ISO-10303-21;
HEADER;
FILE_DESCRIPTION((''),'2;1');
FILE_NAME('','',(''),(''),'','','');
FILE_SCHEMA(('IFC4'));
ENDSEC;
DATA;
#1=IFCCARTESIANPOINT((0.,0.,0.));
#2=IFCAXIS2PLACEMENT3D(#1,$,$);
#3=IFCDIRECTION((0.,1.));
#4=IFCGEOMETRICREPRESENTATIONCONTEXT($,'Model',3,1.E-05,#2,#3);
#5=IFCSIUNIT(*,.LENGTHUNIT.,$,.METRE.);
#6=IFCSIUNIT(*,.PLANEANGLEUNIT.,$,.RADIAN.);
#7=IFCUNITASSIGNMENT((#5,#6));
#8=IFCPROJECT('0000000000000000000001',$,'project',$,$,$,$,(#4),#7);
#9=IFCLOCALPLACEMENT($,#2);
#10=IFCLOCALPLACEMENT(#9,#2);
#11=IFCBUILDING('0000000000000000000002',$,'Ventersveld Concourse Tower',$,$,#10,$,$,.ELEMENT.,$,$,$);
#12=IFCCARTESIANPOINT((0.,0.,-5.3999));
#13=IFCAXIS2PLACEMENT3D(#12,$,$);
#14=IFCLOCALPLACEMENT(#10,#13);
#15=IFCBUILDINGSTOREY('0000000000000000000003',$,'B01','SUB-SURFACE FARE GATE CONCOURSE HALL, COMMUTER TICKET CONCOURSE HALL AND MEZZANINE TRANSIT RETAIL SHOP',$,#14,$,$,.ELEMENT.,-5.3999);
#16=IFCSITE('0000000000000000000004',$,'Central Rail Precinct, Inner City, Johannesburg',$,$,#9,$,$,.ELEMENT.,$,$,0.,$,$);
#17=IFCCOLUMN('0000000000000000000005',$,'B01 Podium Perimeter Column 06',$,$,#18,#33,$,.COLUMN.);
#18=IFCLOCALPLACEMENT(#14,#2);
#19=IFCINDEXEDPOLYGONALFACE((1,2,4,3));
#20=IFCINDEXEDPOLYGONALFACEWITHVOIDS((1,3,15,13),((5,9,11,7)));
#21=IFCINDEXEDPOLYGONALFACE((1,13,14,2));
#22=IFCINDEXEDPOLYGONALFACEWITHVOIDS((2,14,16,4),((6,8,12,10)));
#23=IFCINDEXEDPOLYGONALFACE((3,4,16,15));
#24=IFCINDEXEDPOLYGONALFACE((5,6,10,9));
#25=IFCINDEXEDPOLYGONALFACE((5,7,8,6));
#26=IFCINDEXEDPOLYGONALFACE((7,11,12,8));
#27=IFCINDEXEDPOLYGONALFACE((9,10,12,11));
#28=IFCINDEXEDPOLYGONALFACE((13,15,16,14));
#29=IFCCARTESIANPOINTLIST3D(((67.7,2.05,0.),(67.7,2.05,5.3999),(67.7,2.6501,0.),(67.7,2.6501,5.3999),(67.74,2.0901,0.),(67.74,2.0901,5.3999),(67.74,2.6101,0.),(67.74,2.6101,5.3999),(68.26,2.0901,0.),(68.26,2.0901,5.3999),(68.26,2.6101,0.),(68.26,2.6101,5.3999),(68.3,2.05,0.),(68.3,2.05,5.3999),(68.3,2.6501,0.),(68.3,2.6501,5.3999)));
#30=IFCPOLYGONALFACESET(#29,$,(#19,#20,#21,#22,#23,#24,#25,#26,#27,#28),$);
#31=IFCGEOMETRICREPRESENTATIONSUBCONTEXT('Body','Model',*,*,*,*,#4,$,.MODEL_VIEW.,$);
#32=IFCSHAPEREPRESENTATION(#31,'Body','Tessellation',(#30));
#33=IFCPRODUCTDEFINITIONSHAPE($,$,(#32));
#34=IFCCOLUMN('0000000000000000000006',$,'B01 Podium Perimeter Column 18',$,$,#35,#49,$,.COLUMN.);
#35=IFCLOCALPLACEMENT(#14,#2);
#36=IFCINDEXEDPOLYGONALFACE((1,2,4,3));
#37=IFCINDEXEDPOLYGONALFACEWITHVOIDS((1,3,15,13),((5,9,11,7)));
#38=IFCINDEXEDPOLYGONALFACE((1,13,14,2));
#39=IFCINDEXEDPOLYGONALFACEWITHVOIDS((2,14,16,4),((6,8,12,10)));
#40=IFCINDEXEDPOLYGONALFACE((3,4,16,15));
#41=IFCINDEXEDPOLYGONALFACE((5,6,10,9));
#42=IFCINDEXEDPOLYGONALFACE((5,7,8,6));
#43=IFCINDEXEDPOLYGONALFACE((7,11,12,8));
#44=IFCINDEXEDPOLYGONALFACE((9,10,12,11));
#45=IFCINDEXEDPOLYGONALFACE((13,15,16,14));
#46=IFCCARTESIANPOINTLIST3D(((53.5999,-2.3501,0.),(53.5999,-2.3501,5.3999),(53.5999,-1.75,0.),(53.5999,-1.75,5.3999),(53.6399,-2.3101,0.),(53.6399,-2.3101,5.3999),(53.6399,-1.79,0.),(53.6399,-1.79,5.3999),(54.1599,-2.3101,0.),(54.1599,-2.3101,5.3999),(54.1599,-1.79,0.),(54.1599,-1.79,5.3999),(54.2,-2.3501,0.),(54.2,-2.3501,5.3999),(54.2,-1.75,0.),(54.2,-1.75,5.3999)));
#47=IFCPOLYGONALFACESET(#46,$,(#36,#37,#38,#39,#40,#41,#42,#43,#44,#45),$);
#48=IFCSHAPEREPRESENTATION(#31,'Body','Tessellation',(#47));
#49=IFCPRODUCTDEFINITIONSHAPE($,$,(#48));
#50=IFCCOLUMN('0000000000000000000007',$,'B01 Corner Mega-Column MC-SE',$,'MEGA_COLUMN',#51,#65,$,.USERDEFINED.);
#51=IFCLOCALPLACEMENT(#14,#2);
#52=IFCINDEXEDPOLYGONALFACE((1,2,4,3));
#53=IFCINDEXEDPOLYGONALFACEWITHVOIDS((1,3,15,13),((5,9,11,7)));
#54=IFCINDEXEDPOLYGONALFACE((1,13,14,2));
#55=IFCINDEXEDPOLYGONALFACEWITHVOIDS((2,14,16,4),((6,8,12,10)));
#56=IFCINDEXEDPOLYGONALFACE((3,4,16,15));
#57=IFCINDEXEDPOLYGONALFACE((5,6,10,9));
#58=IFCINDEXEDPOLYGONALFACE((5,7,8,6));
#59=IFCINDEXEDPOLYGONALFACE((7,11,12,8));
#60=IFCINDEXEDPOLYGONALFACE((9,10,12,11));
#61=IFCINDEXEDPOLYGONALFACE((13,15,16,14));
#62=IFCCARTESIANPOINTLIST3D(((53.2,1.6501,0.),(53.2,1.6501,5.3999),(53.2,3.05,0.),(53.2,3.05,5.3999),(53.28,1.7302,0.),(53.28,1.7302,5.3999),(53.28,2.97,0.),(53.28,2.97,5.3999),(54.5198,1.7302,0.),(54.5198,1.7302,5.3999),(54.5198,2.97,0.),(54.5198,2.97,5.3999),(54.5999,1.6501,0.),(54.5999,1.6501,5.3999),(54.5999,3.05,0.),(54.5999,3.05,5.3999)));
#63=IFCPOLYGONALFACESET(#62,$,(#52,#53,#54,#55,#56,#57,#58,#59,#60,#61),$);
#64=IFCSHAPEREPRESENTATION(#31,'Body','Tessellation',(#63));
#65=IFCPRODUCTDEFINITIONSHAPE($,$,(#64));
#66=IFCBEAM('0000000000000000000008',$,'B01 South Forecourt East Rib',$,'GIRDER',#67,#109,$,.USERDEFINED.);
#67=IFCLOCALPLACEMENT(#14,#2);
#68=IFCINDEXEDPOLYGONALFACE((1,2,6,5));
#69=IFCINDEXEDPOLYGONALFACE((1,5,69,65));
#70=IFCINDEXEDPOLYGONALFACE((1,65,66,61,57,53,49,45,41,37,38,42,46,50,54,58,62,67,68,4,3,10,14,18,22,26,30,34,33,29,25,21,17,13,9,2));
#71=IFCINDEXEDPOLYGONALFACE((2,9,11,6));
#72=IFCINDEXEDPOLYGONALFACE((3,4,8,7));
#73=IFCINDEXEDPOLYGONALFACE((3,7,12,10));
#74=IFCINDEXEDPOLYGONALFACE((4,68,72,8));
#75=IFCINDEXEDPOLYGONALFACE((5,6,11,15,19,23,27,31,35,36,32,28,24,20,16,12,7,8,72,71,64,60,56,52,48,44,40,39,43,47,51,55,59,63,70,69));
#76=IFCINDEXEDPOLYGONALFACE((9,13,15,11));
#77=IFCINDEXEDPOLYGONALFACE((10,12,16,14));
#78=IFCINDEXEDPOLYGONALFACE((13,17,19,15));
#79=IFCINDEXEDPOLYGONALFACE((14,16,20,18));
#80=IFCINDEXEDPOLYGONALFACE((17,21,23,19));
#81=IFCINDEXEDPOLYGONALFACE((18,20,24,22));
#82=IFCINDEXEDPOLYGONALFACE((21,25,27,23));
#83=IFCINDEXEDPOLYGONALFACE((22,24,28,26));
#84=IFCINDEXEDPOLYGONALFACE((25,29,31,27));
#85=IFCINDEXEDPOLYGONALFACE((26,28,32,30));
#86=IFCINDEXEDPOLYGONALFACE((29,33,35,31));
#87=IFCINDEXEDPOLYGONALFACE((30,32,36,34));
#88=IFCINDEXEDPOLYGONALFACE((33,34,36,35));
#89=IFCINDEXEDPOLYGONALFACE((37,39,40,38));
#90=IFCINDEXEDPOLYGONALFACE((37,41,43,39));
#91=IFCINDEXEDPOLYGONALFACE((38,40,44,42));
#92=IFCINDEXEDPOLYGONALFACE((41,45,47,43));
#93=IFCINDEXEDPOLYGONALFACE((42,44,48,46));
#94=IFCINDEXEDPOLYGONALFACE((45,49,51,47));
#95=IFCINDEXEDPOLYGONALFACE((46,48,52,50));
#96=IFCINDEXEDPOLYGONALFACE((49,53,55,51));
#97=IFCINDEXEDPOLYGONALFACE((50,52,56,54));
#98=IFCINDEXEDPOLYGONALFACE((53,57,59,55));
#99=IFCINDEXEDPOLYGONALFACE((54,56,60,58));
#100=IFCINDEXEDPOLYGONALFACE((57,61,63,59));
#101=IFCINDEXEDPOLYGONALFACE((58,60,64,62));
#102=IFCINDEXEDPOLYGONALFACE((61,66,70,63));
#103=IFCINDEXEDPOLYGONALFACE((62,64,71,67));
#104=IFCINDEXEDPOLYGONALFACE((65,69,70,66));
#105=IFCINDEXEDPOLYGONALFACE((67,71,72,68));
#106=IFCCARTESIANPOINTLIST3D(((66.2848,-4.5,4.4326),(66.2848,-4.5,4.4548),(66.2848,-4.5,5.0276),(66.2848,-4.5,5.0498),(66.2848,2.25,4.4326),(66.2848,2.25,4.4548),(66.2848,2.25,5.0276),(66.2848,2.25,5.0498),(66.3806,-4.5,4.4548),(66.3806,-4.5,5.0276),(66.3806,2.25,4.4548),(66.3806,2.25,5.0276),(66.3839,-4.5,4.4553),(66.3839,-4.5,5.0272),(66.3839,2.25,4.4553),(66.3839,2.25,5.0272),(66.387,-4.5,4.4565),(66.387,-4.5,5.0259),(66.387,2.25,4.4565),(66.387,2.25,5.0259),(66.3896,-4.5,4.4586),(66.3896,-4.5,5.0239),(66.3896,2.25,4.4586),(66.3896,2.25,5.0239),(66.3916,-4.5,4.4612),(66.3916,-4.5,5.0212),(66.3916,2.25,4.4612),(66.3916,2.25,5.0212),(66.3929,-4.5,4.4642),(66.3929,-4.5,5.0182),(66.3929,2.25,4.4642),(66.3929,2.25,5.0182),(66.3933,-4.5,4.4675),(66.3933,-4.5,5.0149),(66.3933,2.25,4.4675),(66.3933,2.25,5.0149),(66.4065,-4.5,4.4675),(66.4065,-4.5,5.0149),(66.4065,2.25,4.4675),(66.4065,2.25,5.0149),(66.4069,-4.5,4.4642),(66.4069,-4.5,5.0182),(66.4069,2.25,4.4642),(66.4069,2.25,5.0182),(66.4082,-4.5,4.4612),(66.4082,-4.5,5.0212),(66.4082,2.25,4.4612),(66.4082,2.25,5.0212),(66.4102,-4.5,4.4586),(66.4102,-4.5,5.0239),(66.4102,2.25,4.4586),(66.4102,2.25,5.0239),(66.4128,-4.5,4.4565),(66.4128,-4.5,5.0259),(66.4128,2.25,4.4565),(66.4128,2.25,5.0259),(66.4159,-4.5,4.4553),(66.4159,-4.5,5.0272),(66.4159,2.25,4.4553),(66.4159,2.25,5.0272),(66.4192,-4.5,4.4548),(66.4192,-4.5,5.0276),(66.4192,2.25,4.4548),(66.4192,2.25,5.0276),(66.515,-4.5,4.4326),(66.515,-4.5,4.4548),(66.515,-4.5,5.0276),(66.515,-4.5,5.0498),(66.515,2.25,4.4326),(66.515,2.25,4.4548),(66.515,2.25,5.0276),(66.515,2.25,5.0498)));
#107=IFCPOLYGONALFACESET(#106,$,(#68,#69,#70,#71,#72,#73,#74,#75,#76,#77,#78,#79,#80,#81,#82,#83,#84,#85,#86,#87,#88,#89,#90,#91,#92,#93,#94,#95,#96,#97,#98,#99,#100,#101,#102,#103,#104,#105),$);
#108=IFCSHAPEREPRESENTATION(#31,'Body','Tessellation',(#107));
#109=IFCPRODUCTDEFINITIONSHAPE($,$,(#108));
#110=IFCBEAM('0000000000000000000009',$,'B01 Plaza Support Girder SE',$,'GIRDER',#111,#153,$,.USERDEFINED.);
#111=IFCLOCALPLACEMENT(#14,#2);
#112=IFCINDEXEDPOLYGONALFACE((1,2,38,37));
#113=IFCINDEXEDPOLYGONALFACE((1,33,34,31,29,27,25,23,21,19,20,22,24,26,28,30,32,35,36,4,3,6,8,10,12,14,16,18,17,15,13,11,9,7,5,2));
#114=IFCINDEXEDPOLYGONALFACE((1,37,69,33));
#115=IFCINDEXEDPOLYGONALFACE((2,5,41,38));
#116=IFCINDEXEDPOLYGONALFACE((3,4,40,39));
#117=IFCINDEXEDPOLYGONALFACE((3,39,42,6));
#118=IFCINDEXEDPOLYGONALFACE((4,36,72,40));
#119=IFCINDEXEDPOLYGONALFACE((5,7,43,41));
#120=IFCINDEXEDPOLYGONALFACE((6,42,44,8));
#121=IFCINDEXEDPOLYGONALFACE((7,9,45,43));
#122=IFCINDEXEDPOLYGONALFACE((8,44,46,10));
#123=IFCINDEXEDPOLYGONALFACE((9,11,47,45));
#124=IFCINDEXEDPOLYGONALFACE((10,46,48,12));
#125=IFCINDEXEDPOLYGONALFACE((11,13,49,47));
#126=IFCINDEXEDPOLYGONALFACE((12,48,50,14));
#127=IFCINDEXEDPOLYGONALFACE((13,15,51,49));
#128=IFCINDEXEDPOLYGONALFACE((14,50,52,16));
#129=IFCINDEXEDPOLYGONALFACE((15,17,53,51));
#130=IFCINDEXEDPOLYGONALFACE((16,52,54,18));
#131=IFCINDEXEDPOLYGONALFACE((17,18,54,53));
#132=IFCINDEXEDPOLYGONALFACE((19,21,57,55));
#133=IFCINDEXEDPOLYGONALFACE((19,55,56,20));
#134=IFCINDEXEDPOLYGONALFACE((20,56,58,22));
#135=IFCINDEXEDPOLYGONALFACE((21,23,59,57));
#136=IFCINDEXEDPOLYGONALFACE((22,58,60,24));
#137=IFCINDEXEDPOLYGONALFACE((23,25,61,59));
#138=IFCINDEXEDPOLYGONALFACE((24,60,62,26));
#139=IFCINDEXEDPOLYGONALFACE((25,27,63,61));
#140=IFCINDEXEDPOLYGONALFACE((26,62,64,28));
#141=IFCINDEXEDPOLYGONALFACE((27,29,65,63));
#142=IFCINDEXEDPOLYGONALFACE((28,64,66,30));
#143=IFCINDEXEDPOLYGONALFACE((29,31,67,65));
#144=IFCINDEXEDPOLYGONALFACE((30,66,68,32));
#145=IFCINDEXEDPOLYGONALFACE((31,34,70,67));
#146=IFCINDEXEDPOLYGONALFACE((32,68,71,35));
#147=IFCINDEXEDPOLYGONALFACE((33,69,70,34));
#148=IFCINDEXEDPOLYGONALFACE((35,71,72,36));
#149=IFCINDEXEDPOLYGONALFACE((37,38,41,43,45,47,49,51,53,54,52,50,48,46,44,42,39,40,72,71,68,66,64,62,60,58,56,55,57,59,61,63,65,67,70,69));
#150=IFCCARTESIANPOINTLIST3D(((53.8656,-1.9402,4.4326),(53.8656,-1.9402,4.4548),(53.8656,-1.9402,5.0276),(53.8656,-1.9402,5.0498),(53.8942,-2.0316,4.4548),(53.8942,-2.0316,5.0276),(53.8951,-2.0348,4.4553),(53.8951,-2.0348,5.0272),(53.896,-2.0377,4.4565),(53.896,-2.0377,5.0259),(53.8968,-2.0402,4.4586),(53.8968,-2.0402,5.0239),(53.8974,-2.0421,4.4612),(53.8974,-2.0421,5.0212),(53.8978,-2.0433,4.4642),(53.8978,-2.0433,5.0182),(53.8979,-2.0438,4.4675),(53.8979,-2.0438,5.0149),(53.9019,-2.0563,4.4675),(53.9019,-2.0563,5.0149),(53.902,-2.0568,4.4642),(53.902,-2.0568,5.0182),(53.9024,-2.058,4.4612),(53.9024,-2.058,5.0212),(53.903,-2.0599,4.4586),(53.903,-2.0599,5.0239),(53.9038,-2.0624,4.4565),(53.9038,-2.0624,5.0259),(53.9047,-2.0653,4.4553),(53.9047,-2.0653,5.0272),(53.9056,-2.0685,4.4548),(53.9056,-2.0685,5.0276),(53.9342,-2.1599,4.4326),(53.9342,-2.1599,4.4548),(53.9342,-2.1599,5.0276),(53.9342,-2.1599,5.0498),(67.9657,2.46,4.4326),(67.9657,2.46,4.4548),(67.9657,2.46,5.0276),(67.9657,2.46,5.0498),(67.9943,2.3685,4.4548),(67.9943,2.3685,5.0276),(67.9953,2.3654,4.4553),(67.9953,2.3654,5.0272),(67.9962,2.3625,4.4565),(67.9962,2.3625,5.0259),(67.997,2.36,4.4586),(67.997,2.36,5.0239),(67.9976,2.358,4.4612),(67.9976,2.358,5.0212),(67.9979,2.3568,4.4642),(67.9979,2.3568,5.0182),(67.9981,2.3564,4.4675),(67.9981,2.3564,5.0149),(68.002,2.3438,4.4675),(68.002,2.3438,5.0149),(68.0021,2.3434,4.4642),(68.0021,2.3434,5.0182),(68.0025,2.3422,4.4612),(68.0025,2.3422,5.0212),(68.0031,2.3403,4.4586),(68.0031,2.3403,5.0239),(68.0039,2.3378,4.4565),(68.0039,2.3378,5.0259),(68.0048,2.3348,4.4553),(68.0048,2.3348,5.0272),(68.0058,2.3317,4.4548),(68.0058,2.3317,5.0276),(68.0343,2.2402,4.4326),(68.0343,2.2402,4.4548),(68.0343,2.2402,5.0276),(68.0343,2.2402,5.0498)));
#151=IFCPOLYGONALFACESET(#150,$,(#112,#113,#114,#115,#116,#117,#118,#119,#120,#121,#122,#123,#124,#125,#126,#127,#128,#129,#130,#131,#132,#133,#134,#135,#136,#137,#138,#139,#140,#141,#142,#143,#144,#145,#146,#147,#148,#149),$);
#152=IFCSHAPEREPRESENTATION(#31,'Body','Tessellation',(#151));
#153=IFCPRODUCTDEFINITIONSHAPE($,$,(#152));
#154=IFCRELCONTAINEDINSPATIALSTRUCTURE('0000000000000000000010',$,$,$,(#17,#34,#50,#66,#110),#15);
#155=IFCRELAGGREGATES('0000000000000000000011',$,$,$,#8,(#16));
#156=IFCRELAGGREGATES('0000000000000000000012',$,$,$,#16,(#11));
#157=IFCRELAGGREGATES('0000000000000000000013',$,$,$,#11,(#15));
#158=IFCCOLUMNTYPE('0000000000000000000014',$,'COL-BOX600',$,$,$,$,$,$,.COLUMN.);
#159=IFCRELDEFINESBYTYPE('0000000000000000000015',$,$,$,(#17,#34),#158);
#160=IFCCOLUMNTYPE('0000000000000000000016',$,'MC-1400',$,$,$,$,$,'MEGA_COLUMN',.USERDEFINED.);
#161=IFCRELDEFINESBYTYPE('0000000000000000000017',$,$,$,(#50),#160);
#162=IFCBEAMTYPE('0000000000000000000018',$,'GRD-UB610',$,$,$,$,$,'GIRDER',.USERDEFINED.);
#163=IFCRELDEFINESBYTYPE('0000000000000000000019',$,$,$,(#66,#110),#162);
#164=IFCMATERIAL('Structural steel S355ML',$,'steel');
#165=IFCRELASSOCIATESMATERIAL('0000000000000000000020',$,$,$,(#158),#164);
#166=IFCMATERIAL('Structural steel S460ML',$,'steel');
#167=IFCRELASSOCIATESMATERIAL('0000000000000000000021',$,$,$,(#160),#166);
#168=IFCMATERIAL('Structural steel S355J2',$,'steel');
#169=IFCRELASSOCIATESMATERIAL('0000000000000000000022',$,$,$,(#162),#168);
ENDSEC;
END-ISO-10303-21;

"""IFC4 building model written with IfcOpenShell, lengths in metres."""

from ifc_helpers import new_model, si_unit, direction, frame, origin, origin_2d, place, context, subcontext, project, spatial, hollow_rectangle, i_section, extrude, material, material_profile, profile_set, type_object, element, save


model = new_model("IFC4")

# Units and contexts
model_context = context("Model", 3, precision=1e-05, world=origin(), true_north=direction((0.0, 1.0)))
body_context = subcontext(model_context, "Body", "Model", "MODEL_VIEW")
ifc_project = project(units=[si_unit("LENGTHUNIT", "METRE"), si_unit("PLANEANGLEUNIT", "RADIAN")], contexts=[model_context])

# Site, building, storey
site_placement = place(None, origin())
site = spatial("IfcSite", under=ifc_project, at=site_placement, Name="Central Rail Precinct, Inner City, Johannesburg", CompositionType="ELEMENT", RefElevation=0.0)
building_placement = place(site_placement, origin())
building = spatial("IfcBuilding", under=site, at=building_placement, Name="Ventersveld Concourse Tower", CompositionType="ELEMENT")
storey_placement = place(building_placement, frame((0.0, 0.0, -5.3999)))
storey = spatial("IfcBuildingStorey", under=building, at=storey_placement, Name="B01", Description="SUB-SURFACE FARE GATE CONCOURSE HALL, COMMUTER TICKET CONCOURSE HALL AND MEZZANINE TRANSIT RETAIL SHOP", CompositionType="ELEMENT", Elevation=-5.3999)

# Columns
ifc_material_1 = material(Name="Structural steel S355ML", Category="steel")
ifc_material_profile_1 = material_profile(ifc_material_1, hollow_rectangle(XDim=0.6001, YDim=0.6001, WallThickness=0.04, at=origin_2d()), Name="BOX 600x600x40")
ifc_profile_set_1 = profile_set([ifc_material_profile_1], Name="Structural steel S355ML")
column_type_1 = type_object("IfcColumnType", Name="COL-BOX600", PredefinedType="COLUMN", material=ifc_profile_set_1)
for number, where, z_axis, x_axis, name in (
    (1, (68.0, 2.3501, 0.0), (0.0, 0.0, 1.0), (1.0, 0.0, 0.0), "B01 Podium Perimeter Column 06"),
    (2, (53.8999, -2.05, 0.0), (0.0, 0.0, 1.0), (1.0, 0.0, 0.0), "B01 Podium Perimeter Column 18"),
):
    element("IfcColumn", number, at=place(storey_placement, frame(where, z_axis=z_axis, x_axis=x_axis)), inside=storey, type_object=column_type_1, Name=name, PredefinedType="COLUMN", context=body_context, shape_type="SweptSolid", body=[
        extrude(hollow_rectangle(XDim=0.6001, YDim=0.6001, WallThickness=0.04, at=origin_2d()), origin(), (0.0, 0.0, 1.0), 5.3999),
    ])
ifc_material_2 = material(Name="Structural steel S460ML", Category="steel")
ifc_material_profile_2 = material_profile(ifc_material_2, hollow_rectangle(XDim=1.3999, YDim=1.3999, WallThickness=0.0801, at=origin_2d()), Name="BOX 1400x1400x80")
ifc_profile_set_2 = profile_set([ifc_material_profile_2], Name="Structural steel S460ML")
column_type_2 = type_object("IfcColumnType", Name="MC-1400", ElementType="MEGA_COLUMN", PredefinedType="USERDEFINED", material=ifc_profile_set_2)
column_placement = place(storey_placement, frame((53.8999, 2.3501, 0.0), z_axis=(0.0, 0.0, 1.0), x_axis=(1.0, 0.0, 0.0)))
element("IfcColumn", 3, at=column_placement, inside=storey, type_object=column_type_2, Name="B01 Corner Mega-Column MC-SE", ObjectType="MEGA_COLUMN", PredefinedType="USERDEFINED", context=body_context, shape_type="SweptSolid", body=[
    extrude(hollow_rectangle(XDim=1.3999, YDim=1.3999, WallThickness=0.0801, at=origin_2d()), origin(), (0.0, 0.0, 1.0), 5.3999),
])

# Beams
ifc_material_3 = material(Name="Structural steel S355J2", Category="steel")
ifc_material_profile_3 = material_profile(ifc_material_3, i_section(OverallWidth=0.2302, OverallDepth=0.6172, WebThickness=0.0132, FlangeThickness=0.0222, FilletRadius=0.0127, at=origin_2d()), Name="UB 610x229x140")
ifc_profile_set_3 = profile_set([ifc_material_profile_3], Name="Structural steel S355J2")
beam_type = type_object("IfcBeamType", Name="GRD-UB610", ElementType="GIRDER", PredefinedType="USERDEFINED", material=ifc_profile_set_3)
beam_1_placement = place(storey_placement, frame((66.3999, -4.5, 4.7412), z_axis=(0.0, 1.0, 0.0), x_axis=(-1.0, 0.0, 0.0)))
element("IfcBeam", 4, at=beam_1_placement, inside=storey, type_object=beam_type, Name="B01 South Forecourt East Rib", ObjectType="GIRDER", PredefinedType="USERDEFINED", context=body_context, shape_type="SweptSolid", body=[
    extrude(i_section(OverallWidth=0.2302, OverallDepth=0.6172, WebThickness=0.0132, FlangeThickness=0.0222, FilletRadius=0.0127, at=origin_2d()), origin(), (0.0, 0.0, 1.0), 6.75),
])
beam_2_placement = place(storey_placement, frame((53.8999, -2.05, 4.7412), z_axis=(0.954598, 0.297897, 0.0), x_axis=(-0.297897, 0.954598, 0.0)))
element("IfcBeam", 5, at=beam_2_placement, inside=storey, type_object=beam_type, Name="B01 Plaza Support Girder SE", ObjectType="GIRDER", PredefinedType="USERDEFINED", context=body_context, shape_type="SweptSolid", body=[
    extrude(i_section(OverallWidth=0.2302, OverallDepth=0.6172, WebThickness=0.0132, FlangeThickness=0.0222, FilletRadius=0.0127, at=origin_2d()), origin(), (0.0, 0.0, 1.0), 14.7708),
])

save(model, "model.ifc")
